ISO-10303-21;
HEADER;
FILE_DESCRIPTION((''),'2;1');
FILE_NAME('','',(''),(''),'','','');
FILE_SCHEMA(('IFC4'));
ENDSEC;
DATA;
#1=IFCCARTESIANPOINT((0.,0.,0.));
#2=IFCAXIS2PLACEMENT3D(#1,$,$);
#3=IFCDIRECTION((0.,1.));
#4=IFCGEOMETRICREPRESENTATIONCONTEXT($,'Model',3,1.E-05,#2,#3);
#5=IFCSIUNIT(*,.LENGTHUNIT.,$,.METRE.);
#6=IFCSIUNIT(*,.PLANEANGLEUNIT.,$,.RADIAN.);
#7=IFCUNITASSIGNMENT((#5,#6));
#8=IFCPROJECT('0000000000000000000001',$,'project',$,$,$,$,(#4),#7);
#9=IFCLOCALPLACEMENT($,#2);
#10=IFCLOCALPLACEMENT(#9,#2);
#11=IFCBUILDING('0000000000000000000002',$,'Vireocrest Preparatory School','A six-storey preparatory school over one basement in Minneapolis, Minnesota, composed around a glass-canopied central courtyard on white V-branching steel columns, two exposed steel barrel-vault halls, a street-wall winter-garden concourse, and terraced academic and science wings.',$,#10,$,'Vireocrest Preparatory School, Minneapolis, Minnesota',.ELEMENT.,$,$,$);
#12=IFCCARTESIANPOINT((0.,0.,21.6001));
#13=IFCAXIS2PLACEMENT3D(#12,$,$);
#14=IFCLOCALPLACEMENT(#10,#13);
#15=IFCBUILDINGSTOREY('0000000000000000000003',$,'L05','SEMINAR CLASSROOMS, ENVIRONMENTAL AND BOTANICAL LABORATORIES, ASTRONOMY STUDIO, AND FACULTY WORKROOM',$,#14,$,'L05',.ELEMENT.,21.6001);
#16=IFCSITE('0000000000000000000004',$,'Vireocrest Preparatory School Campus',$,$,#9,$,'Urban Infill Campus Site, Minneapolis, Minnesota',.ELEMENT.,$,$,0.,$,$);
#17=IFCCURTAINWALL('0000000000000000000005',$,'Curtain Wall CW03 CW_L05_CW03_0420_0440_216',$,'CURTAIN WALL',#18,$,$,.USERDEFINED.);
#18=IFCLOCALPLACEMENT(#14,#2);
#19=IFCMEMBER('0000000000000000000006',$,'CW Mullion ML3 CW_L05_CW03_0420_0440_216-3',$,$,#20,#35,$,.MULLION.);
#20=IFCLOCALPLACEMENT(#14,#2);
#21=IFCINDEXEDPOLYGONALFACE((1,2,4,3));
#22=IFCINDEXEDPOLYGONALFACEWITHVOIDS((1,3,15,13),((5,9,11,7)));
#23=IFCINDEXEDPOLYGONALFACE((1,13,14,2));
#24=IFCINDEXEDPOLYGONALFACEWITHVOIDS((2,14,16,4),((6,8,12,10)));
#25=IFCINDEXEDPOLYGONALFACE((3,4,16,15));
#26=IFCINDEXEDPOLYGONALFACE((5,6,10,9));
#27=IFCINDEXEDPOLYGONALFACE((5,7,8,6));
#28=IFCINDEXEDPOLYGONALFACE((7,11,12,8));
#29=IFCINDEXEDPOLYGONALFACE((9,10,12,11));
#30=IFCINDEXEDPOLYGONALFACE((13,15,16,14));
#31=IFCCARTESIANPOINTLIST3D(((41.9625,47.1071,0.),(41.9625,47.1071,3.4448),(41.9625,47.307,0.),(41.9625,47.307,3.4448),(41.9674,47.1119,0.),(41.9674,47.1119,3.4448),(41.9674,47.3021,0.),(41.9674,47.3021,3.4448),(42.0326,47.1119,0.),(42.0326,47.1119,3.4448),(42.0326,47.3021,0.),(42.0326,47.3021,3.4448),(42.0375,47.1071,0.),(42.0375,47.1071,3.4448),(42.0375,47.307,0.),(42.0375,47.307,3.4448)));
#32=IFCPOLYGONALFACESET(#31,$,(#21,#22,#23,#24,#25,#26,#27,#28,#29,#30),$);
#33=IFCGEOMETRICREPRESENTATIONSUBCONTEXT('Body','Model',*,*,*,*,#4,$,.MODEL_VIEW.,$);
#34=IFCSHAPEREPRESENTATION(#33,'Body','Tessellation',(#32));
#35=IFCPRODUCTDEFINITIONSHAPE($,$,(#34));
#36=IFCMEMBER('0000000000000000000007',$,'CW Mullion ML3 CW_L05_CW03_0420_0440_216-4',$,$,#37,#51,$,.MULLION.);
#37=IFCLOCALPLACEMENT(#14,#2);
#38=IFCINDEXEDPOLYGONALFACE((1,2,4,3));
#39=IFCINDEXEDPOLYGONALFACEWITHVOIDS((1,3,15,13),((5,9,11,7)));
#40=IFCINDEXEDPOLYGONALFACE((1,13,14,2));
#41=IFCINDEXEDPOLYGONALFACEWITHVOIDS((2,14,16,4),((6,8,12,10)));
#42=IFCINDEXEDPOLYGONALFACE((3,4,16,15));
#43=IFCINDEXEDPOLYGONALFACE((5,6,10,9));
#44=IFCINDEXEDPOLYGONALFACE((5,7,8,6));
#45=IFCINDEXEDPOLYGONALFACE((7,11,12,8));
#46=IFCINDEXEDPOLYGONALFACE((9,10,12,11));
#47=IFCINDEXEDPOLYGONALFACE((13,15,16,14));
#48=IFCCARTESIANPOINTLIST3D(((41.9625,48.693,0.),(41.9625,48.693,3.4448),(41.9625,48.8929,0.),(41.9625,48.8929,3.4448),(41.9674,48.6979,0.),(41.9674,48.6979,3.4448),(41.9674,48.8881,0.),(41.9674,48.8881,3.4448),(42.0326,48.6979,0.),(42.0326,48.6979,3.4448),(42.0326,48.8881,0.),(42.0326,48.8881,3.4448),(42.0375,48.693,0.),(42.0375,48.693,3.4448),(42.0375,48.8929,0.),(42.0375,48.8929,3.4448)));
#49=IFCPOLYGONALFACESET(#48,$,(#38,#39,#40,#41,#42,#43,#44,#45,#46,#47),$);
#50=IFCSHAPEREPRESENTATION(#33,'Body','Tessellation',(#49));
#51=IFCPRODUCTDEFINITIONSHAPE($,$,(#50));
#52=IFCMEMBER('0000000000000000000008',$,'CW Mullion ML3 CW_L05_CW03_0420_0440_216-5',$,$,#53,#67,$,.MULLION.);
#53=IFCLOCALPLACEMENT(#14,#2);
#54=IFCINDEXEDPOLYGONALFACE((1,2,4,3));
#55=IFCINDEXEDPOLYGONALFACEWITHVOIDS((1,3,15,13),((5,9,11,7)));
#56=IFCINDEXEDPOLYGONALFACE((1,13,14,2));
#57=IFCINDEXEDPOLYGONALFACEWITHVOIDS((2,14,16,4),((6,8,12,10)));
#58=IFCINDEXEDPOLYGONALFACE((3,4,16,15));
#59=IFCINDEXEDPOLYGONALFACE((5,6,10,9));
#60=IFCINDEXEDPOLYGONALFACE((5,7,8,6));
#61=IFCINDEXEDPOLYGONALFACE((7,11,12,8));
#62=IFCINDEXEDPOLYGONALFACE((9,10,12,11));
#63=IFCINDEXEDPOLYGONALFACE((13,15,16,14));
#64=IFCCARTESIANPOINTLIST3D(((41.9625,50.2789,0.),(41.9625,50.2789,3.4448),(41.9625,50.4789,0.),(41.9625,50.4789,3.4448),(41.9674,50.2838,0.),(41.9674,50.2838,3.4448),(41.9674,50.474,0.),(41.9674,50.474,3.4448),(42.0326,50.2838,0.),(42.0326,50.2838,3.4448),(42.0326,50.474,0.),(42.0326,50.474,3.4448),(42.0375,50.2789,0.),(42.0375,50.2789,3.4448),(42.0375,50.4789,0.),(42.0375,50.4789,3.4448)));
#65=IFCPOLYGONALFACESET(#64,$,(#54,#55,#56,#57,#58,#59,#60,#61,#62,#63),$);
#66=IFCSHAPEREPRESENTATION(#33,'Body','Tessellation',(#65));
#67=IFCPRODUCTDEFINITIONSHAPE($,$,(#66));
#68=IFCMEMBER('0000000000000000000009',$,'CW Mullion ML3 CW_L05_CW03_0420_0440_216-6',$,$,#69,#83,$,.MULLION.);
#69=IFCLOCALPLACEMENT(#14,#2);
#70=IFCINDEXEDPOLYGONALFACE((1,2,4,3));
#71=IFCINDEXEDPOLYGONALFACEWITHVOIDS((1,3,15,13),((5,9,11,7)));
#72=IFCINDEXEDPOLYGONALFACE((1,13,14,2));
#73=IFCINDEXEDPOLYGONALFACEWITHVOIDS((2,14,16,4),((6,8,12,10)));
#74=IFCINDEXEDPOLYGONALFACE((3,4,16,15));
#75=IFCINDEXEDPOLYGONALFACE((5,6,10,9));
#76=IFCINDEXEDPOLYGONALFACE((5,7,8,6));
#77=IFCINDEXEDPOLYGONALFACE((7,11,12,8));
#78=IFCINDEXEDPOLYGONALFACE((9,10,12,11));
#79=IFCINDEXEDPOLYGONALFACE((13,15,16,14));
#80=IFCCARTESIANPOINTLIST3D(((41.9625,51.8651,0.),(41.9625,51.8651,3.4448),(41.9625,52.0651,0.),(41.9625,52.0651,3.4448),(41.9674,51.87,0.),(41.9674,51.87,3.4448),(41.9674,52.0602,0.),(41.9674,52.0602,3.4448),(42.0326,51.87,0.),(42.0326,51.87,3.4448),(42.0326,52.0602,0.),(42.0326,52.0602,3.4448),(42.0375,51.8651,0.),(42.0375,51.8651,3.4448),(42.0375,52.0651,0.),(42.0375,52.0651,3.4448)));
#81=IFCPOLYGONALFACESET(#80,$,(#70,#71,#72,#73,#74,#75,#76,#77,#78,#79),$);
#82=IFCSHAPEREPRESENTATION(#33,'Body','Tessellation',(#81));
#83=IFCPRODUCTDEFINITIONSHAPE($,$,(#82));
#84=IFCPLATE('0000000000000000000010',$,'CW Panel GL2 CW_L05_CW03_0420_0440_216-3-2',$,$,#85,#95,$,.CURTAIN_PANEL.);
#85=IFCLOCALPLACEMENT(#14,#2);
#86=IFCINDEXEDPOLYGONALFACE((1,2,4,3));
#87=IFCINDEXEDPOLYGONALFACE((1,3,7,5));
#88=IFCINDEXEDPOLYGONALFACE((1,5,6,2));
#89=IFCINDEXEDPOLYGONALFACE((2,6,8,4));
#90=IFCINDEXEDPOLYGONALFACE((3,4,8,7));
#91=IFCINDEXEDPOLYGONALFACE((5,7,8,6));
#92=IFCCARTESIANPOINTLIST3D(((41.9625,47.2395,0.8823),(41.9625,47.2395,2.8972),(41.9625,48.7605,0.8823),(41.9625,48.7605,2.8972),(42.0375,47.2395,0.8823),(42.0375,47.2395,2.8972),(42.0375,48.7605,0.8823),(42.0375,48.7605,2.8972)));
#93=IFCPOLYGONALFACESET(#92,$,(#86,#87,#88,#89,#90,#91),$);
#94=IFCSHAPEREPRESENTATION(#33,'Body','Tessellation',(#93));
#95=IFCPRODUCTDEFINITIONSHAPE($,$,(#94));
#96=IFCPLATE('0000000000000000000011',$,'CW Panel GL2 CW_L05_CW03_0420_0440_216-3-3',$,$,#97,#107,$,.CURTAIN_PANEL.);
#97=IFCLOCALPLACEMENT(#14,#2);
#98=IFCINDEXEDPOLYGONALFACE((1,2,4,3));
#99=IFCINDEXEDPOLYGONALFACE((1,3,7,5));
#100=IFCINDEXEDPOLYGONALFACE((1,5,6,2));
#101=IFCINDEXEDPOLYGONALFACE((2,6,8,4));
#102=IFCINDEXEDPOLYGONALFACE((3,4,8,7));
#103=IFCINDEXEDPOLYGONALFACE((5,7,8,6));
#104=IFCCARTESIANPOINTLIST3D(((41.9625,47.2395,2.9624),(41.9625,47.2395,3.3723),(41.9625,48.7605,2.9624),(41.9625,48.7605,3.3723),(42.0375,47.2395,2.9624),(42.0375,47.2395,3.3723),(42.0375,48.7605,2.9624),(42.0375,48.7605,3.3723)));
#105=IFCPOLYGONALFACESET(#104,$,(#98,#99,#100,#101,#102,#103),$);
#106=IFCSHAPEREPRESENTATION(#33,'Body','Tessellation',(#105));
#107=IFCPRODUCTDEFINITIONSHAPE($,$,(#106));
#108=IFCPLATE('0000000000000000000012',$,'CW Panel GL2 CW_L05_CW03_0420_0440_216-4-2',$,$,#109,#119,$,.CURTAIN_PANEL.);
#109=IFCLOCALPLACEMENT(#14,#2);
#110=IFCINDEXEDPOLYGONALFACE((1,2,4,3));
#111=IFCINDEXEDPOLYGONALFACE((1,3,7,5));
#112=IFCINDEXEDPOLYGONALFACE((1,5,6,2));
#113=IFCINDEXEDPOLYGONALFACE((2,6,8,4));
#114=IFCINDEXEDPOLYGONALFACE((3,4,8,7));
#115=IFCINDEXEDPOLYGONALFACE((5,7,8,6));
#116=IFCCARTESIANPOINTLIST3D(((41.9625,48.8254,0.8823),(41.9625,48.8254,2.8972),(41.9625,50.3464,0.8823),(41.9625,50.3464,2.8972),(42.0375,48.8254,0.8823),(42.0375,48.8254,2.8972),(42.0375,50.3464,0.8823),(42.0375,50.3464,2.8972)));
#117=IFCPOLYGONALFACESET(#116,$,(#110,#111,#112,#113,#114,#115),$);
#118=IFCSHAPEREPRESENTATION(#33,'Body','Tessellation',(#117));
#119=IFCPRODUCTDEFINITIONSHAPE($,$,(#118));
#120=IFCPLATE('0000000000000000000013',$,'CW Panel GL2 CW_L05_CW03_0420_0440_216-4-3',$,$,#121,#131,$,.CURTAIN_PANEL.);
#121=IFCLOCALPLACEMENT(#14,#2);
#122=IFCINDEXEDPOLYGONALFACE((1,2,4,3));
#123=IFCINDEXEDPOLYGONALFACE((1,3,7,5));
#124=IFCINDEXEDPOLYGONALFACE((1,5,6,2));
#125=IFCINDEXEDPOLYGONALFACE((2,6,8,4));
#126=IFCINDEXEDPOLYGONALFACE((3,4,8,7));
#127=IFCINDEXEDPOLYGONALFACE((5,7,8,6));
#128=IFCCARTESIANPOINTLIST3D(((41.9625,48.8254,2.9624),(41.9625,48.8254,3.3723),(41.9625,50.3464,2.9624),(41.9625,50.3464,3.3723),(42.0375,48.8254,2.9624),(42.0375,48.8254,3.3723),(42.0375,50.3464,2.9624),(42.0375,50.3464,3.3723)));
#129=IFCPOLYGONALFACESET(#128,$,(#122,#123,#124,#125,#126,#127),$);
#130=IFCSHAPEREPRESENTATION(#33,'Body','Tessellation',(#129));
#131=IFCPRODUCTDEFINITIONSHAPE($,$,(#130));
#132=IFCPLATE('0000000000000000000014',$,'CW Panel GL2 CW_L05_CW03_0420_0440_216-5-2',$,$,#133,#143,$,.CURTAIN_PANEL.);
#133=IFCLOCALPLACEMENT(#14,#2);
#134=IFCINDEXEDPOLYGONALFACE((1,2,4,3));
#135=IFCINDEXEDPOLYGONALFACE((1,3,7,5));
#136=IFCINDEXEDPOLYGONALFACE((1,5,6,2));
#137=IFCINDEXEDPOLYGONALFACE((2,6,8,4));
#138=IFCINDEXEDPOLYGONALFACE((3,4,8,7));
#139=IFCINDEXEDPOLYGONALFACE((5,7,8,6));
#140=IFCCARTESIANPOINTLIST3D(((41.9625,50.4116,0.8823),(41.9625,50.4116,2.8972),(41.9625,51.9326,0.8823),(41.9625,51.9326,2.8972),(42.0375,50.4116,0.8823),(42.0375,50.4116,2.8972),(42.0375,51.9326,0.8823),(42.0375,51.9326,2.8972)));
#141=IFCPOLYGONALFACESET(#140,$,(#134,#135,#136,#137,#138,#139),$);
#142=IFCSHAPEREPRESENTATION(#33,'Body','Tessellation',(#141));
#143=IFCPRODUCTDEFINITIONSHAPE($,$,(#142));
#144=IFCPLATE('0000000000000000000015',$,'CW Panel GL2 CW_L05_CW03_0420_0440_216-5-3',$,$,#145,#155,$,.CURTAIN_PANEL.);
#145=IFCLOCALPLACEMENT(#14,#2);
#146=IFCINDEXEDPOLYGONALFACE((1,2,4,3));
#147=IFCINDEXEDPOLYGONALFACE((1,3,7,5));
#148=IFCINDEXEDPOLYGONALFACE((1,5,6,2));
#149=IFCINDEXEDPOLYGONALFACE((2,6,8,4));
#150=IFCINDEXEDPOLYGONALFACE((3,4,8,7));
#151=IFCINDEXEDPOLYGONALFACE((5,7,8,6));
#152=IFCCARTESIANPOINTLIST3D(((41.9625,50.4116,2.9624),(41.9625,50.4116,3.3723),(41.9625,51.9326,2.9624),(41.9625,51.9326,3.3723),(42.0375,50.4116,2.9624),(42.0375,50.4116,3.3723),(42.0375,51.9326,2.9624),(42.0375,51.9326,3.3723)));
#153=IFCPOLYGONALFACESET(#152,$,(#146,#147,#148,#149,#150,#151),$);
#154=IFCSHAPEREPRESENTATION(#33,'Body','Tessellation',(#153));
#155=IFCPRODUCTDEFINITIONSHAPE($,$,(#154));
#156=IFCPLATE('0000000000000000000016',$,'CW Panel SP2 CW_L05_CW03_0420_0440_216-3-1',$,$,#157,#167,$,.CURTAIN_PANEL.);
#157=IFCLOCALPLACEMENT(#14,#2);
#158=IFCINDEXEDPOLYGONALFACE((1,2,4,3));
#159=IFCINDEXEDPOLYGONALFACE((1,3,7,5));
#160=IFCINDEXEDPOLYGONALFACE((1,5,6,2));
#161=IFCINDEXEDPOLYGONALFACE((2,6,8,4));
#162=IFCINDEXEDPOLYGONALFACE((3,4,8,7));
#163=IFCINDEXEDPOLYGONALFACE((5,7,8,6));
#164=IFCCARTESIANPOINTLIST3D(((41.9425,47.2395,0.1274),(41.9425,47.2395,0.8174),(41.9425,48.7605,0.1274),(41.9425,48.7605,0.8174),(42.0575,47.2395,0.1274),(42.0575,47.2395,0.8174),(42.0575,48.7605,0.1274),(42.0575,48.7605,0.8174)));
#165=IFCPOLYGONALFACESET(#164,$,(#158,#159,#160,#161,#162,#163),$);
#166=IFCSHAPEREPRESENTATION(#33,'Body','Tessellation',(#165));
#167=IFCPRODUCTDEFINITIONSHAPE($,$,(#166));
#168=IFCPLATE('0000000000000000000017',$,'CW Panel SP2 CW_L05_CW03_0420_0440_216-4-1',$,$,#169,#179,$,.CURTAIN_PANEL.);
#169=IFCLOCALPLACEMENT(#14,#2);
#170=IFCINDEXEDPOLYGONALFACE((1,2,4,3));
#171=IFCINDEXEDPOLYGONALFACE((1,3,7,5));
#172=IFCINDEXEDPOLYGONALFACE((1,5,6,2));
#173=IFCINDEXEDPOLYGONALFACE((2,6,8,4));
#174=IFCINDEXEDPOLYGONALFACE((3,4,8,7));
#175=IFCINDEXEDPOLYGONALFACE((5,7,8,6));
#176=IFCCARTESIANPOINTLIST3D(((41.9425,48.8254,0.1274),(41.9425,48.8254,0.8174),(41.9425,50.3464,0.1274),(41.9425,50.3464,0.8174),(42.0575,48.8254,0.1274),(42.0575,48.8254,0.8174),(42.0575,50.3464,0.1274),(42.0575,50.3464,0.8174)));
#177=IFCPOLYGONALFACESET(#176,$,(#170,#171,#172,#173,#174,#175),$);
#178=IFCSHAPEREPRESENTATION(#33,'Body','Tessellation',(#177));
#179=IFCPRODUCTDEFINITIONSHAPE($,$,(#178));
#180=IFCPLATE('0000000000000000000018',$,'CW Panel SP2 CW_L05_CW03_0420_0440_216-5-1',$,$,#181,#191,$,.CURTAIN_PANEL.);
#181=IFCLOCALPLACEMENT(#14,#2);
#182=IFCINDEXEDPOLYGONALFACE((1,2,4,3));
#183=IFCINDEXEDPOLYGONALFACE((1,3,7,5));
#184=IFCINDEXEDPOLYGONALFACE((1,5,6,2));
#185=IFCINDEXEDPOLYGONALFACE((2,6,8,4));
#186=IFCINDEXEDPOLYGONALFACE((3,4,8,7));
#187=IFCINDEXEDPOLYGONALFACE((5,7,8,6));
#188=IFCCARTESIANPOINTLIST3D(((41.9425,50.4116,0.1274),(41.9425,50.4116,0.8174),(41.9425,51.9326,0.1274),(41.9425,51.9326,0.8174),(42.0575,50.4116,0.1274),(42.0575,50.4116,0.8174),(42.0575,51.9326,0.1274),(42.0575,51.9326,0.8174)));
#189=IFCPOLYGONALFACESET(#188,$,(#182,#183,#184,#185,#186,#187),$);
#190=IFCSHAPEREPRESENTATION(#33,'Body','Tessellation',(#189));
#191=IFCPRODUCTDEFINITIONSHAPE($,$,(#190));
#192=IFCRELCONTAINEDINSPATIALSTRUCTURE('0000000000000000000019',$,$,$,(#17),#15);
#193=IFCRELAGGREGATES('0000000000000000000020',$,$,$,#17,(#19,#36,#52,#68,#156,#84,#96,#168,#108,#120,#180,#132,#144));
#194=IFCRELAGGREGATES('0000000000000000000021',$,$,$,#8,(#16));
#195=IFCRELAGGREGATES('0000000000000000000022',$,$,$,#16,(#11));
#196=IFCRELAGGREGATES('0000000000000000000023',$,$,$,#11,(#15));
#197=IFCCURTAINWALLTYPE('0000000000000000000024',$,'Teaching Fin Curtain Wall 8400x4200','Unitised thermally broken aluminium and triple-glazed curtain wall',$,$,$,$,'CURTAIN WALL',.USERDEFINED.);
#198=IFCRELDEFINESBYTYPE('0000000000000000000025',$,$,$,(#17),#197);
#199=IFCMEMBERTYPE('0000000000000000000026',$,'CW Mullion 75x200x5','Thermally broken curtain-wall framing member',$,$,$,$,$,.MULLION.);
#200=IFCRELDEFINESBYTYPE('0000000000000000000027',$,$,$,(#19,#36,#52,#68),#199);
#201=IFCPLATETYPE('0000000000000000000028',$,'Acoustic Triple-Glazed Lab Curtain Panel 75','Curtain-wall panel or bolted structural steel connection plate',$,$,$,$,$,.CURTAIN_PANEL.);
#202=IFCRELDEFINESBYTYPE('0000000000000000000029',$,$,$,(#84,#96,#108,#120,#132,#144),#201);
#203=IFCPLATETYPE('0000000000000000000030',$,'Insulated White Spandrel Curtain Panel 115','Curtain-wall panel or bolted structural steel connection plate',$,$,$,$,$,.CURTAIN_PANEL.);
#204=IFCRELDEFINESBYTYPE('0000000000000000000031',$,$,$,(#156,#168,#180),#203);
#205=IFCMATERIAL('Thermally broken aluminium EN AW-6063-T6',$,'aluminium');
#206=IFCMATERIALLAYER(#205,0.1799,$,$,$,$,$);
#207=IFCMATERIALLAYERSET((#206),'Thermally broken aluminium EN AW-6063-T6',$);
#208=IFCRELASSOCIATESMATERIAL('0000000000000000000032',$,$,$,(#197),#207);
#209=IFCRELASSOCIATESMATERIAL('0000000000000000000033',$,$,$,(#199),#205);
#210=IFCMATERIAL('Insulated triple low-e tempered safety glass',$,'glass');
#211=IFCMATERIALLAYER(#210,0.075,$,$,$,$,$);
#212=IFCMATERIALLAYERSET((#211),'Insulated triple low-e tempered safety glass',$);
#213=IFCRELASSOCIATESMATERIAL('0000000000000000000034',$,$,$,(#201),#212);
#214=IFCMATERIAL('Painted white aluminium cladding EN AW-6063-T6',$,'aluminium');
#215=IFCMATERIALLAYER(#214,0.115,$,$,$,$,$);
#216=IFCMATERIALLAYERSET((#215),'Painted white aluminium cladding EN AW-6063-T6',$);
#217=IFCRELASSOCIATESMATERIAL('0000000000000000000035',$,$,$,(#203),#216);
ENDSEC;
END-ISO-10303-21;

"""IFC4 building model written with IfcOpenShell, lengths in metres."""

from ifc_helpers import new_model, si_unit, direction, frame, origin, origin_2d, place, context, subcontext, project, spatial, rectangle, hollow_rectangle, extrude, material, layer, layer_set, material_profile, profile_set, type_object, element, aggregate, save


model = new_model("IFC4")

# Units and contexts
model_context = context("Model", 3, precision=1e-05, world=origin(), true_north=direction((0.0, 1.0)))
body_context = subcontext(model_context, "Body", "Model", "MODEL_VIEW")
ifc_project = project(units=[si_unit("LENGTHUNIT", "METRE"), si_unit("PLANEANGLEUNIT", "RADIAN")], contexts=[model_context])

# Site, building, storey
site_placement = place(None, origin())
site = spatial("IfcSite", under=ifc_project, at=site_placement, Name="Vireocrest Preparatory School Campus", LongName="Urban Infill Campus Site, Minneapolis, Minnesota", CompositionType="ELEMENT", RefElevation=0.0)
building_placement = place(site_placement, origin())
building = spatial("IfcBuilding", under=site, at=building_placement, Name="Vireocrest Preparatory School", Description="A six-storey preparatory school over one basement in Minneapolis, Minnesota, composed around a glass-canopied central courtyard on white V-branching steel columns, two exposed steel barrel-vault halls, a street-wall winter-garden concourse, and terraced academic and science wings.", LongName="Vireocrest Preparatory School, Minneapolis, Minnesota", CompositionType="ELEMENT")
storey_placement = place(building_placement, frame((0.0, 0.0, 21.6001)))
storey = spatial("IfcBuildingStorey", under=building, at=storey_placement, Name="L05", Description="SEMINAR CLASSROOMS, ENVIRONMENTAL AND BOTANICAL LABORATORIES, ASTRONOMY STUDIO, AND FACULTY WORKROOM", LongName="L05", CompositionType="ELEMENT", Elevation=21.6001)

# Curtain wall, members, plates
ifc_material_1 = material(Name="Thermally broken aluminium EN AW-6063-T6", Category="aluminium")
ifc_layer_1 = layer(ifc_material_1, 0.1799)
ifc_layer_set_1 = layer_set([ifc_layer_1], Name="Thermally broken aluminium EN AW-6063-T6")
curtain_wall_type = type_object("IfcCurtainWallType", Name="Teaching Fin Curtain Wall 8400x4200", Description="Unitised thermally broken aluminium and triple-glazed curtain wall", ElementType="CURTAIN WALL", PredefinedType="USERDEFINED", material=ifc_layer_set_1)
curtain_wall_placement = place(storey_placement, origin())
curtain_wall = element("IfcCurtainWall", 1, at=curtain_wall_placement, inside=storey, type_object=curtain_wall_type, Name="Curtain Wall CW03 CW_L05_CW03_0420_0440_216", ObjectType="CURTAIN WALL", PredefinedType="USERDEFINED")
ifc_material_profile_1 = material_profile(ifc_material_1, hollow_rectangle(XDim=0.075, YDim=0.2, WallThickness=0.0049, at=origin_2d()), Name="ALU 75x200x5")
ifc_profile_set_1 = profile_set([ifc_material_profile_1], Name="Thermally broken aluminium EN AW-6063-T6")
member_type = type_object("IfcMemberType", Name="CW Mullion 75x200x5", Description="Thermally broken curtain-wall framing member", PredefinedType="MULLION", material=ifc_profile_set_1)
member_1_placement = place(storey_placement, frame((42.0, 47.207, 0.0), z_axis=(0.0, 0.0, 1.0), x_axis=(1.0, 0.0, 0.0)))
member_1 = element("IfcMember", 2, at=member_1_placement, type_object=member_type, Name="CW Mullion ML3 CW_L05_CW03_0420_0440_216-3", PredefinedType="MULLION", context=body_context, shape_type="SweptSolid", body=[
    extrude(hollow_rectangle(XDim=0.075, YDim=0.2, WallThickness=0.0049, at=origin_2d()), origin(), (0.0, 0.0, 1.0), 3.4448),
])
member_2_placement = place(storey_placement, frame((42.0, 48.793, 0.0), z_axis=(0.0, 0.0, 1.0), x_axis=(1.0, 0.0, 0.0)))
member_2 = element("IfcMember", 3, at=member_2_placement, type_object=member_type, Name="CW Mullion ML3 CW_L05_CW03_0420_0440_216-4", PredefinedType="MULLION", context=body_context, shape_type="SweptSolid", body=[
    extrude(hollow_rectangle(XDim=0.075, YDim=0.2, WallThickness=0.0049, at=origin_2d()), origin(), (0.0, 0.0, 1.0), 3.4448),
])
member_3_placement = place(storey_placement, frame((42.0, 50.3789, 0.0), z_axis=(0.0, 0.0, 1.0), x_axis=(1.0, 0.0, 0.0)))
member_3 = element("IfcMember", 4, at=member_3_placement, type_object=member_type, Name="CW Mullion ML3 CW_L05_CW03_0420_0440_216-5", PredefinedType="MULLION", context=body_context, shape_type="SweptSolid", body=[
    extrude(hollow_rectangle(XDim=0.075, YDim=0.2, WallThickness=0.0049, at=origin_2d()), origin(), (0.0, 0.0, 1.0), 3.4448),
])
member_4_placement = place(storey_placement, frame((42.0, 51.9651, 0.0), z_axis=(0.0, 0.0, 1.0), x_axis=(1.0, 0.0, 0.0)))
member_4 = element("IfcMember", 5, at=member_4_placement, type_object=member_type, Name="CW Mullion ML3 CW_L05_CW03_0420_0440_216-6", PredefinedType="MULLION", context=body_context, shape_type="SweptSolid", body=[
    extrude(hollow_rectangle(XDim=0.075, YDim=0.2, WallThickness=0.0049, at=origin_2d()), origin(), (0.0, 0.0, 1.0), 3.4448),
])
ifc_material_2 = material(Name="Insulated triple low-e tempered safety glass", Category="glass")
ifc_layer_2 = layer(ifc_material_2, 0.075)
ifc_layer_set_2 = layer_set([ifc_layer_2], Name="Insulated triple low-e tempered safety glass")
plate_type_1 = type_object("IfcPlateType", Name="Acoustic Triple-Glazed Lab Curtain Panel 75", Description="Curtain-wall panel or bolted structural steel connection plate", PredefinedType="CURTAIN_PANEL", material=ifc_layer_set_2)
plate_1_placement = place(storey_placement, frame((42.0, 48.0, 0.8823), z_axis=(0.0, 0.0, 1.0), x_axis=(0.0, 1.0, 0.0)))
plate_1 = element("IfcPlate", 6, at=plate_1_placement, type_object=plate_type_1, Name="CW Panel GL2 CW_L05_CW03_0420_0440_216-3-2", PredefinedType="CURTAIN_PANEL", context=body_context, shape_type="SweptSolid", body=[
    extrude(rectangle(XDim=1.521, YDim=0.075, at=origin_2d()), origin(), (0.0, 0.0, 1.0), 2.0149),
])
plate_2_placement = place(storey_placement, frame((42.0, 48.0, 2.9624), z_axis=(0.0, 0.0, 1.0), x_axis=(0.0, 1.0, 0.0)))
plate_2 = element("IfcPlate", 7, at=plate_2_placement, type_object=plate_type_1, Name="CW Panel GL2 CW_L05_CW03_0420_0440_216-3-3", PredefinedType="CURTAIN_PANEL", context=body_context, shape_type="SweptSolid", body=[
    extrude(rectangle(XDim=1.521, YDim=0.075, at=origin_2d()), origin(), (0.0, 0.0, 1.0), 0.4099),
])
plate_3_placement = place(storey_placement, frame((42.0, 49.5859, 0.8823), z_axis=(0.0, 0.0, 1.0), x_axis=(0.0, 1.0, 0.0)))
plate_3 = element("IfcPlate", 8, at=plate_3_placement, type_object=plate_type_1, Name="CW Panel GL2 CW_L05_CW03_0420_0440_216-4-2", PredefinedType="CURTAIN_PANEL", context=body_context, shape_type="SweptSolid", body=[
    extrude(rectangle(XDim=1.521, YDim=0.075, at=origin_2d()), origin(), (0.0, 0.0, 1.0), 2.0149),
])
plate_4_placement = place(storey_placement, frame((42.0, 49.5859, 2.9624), z_axis=(0.0, 0.0, 1.0), x_axis=(0.0, 1.0, 0.0)))
plate_4 = element("IfcPlate", 9, at=plate_4_placement, type_object=plate_type_1, Name="CW Panel GL2 CW_L05_CW03_0420_0440_216-4-3", PredefinedType="CURTAIN_PANEL", context=body_context, shape_type="SweptSolid", body=[
    extrude(rectangle(XDim=1.521, YDim=0.075, at=origin_2d()), origin(), (0.0, 0.0, 1.0), 0.4099),
])
plate_5_placement = place(storey_placement, frame((42.0, 51.1721, 0.8823), z_axis=(0.0, 0.0, 1.0), x_axis=(0.0, 1.0, 0.0)))
plate_5 = element("IfcPlate", 10, at=plate_5_placement, type_object=plate_type_1, Name="CW Panel GL2 CW_L05_CW03_0420_0440_216-5-2", PredefinedType="CURTAIN_PANEL", context=body_context, shape_type="SweptSolid", body=[
    extrude(rectangle(XDim=1.521, YDim=0.075, at=origin_2d()), origin(), (0.0, 0.0, 1.0), 2.0149),
])
plate_6_placement = place(storey_placement, frame((42.0, 51.1721, 2.9624), z_axis=(0.0, 0.0, 1.0), x_axis=(0.0, 1.0, 0.0)))
plate_6 = element("IfcPlate", 11, at=plate_6_placement, type_object=plate_type_1, Name="CW Panel GL2 CW_L05_CW03_0420_0440_216-5-3", PredefinedType="CURTAIN_PANEL", context=body_context, shape_type="SweptSolid", body=[
    extrude(rectangle(XDim=1.521, YDim=0.075, at=origin_2d()), origin(), (0.0, 0.0, 1.0), 0.4099),
])
ifc_material_3 = material(Name="Painted white aluminium cladding EN AW-6063-T6", Category="aluminium")
ifc_layer_3 = layer(ifc_material_3, 0.115)
ifc_layer_set_3 = layer_set([ifc_layer_3], Name="Painted white aluminium cladding EN AW-6063-T6")
plate_type_2 = type_object("IfcPlateType", Name="Insulated White Spandrel Curtain Panel 115", Description="Curtain-wall panel or bolted structural steel connection plate", PredefinedType="CURTAIN_PANEL", material=ifc_layer_set_3)
plate_7_placement = place(storey_placement, frame((42.0, 48.0, 0.1274), z_axis=(0.0, 0.0, 1.0), x_axis=(0.0, 1.0, 0.0)))
plate_7 = element("IfcPlate", 12, at=plate_7_placement, type_object=plate_type_2, Name="CW Panel SP2 CW_L05_CW03_0420_0440_216-3-1", PredefinedType="CURTAIN_PANEL", context=body_context, shape_type="SweptSolid", body=[
    extrude(rectangle(XDim=1.521, YDim=0.115, at=origin_2d()), origin(), (0.0, 0.0, 1.0), 0.6899),
])
plate_8_placement = place(storey_placement, frame((42.0, 49.5859, 0.1274), z_axis=(0.0, 0.0, 1.0), x_axis=(0.0, 1.0, 0.0)))
plate_8 = element("IfcPlate", 13, at=plate_8_placement, type_object=plate_type_2, Name="CW Panel SP2 CW_L05_CW03_0420_0440_216-4-1", PredefinedType="CURTAIN_PANEL", context=body_context, shape_type="SweptSolid", body=[
    extrude(rectangle(XDim=1.521, YDim=0.115, at=origin_2d()), origin(), (0.0, 0.0, 1.0), 0.6899),
])
plate_9_placement = place(storey_placement, frame((42.0, 51.1721, 0.1274), z_axis=(0.0, 0.0, 1.0), x_axis=(0.0, 1.0, 0.0)))
plate_9 = element("IfcPlate", 14, at=plate_9_placement, type_object=plate_type_2, Name="CW Panel SP2 CW_L05_CW03_0420_0440_216-5-1", PredefinedType="CURTAIN_PANEL", context=body_context, shape_type="SweptSolid", body=[
    extrude(rectangle(XDim=1.521, YDim=0.115, at=origin_2d()), origin(), (0.0, 0.0, 1.0), 0.6899),
])
aggregate(curtain_wall, [member_1, member_2, member_3, member_4, plate_7, plate_1, plate_2, plate_8, plate_3, plate_4, plate_9, plate_5, plate_6])

save(model, "model.ifc")
